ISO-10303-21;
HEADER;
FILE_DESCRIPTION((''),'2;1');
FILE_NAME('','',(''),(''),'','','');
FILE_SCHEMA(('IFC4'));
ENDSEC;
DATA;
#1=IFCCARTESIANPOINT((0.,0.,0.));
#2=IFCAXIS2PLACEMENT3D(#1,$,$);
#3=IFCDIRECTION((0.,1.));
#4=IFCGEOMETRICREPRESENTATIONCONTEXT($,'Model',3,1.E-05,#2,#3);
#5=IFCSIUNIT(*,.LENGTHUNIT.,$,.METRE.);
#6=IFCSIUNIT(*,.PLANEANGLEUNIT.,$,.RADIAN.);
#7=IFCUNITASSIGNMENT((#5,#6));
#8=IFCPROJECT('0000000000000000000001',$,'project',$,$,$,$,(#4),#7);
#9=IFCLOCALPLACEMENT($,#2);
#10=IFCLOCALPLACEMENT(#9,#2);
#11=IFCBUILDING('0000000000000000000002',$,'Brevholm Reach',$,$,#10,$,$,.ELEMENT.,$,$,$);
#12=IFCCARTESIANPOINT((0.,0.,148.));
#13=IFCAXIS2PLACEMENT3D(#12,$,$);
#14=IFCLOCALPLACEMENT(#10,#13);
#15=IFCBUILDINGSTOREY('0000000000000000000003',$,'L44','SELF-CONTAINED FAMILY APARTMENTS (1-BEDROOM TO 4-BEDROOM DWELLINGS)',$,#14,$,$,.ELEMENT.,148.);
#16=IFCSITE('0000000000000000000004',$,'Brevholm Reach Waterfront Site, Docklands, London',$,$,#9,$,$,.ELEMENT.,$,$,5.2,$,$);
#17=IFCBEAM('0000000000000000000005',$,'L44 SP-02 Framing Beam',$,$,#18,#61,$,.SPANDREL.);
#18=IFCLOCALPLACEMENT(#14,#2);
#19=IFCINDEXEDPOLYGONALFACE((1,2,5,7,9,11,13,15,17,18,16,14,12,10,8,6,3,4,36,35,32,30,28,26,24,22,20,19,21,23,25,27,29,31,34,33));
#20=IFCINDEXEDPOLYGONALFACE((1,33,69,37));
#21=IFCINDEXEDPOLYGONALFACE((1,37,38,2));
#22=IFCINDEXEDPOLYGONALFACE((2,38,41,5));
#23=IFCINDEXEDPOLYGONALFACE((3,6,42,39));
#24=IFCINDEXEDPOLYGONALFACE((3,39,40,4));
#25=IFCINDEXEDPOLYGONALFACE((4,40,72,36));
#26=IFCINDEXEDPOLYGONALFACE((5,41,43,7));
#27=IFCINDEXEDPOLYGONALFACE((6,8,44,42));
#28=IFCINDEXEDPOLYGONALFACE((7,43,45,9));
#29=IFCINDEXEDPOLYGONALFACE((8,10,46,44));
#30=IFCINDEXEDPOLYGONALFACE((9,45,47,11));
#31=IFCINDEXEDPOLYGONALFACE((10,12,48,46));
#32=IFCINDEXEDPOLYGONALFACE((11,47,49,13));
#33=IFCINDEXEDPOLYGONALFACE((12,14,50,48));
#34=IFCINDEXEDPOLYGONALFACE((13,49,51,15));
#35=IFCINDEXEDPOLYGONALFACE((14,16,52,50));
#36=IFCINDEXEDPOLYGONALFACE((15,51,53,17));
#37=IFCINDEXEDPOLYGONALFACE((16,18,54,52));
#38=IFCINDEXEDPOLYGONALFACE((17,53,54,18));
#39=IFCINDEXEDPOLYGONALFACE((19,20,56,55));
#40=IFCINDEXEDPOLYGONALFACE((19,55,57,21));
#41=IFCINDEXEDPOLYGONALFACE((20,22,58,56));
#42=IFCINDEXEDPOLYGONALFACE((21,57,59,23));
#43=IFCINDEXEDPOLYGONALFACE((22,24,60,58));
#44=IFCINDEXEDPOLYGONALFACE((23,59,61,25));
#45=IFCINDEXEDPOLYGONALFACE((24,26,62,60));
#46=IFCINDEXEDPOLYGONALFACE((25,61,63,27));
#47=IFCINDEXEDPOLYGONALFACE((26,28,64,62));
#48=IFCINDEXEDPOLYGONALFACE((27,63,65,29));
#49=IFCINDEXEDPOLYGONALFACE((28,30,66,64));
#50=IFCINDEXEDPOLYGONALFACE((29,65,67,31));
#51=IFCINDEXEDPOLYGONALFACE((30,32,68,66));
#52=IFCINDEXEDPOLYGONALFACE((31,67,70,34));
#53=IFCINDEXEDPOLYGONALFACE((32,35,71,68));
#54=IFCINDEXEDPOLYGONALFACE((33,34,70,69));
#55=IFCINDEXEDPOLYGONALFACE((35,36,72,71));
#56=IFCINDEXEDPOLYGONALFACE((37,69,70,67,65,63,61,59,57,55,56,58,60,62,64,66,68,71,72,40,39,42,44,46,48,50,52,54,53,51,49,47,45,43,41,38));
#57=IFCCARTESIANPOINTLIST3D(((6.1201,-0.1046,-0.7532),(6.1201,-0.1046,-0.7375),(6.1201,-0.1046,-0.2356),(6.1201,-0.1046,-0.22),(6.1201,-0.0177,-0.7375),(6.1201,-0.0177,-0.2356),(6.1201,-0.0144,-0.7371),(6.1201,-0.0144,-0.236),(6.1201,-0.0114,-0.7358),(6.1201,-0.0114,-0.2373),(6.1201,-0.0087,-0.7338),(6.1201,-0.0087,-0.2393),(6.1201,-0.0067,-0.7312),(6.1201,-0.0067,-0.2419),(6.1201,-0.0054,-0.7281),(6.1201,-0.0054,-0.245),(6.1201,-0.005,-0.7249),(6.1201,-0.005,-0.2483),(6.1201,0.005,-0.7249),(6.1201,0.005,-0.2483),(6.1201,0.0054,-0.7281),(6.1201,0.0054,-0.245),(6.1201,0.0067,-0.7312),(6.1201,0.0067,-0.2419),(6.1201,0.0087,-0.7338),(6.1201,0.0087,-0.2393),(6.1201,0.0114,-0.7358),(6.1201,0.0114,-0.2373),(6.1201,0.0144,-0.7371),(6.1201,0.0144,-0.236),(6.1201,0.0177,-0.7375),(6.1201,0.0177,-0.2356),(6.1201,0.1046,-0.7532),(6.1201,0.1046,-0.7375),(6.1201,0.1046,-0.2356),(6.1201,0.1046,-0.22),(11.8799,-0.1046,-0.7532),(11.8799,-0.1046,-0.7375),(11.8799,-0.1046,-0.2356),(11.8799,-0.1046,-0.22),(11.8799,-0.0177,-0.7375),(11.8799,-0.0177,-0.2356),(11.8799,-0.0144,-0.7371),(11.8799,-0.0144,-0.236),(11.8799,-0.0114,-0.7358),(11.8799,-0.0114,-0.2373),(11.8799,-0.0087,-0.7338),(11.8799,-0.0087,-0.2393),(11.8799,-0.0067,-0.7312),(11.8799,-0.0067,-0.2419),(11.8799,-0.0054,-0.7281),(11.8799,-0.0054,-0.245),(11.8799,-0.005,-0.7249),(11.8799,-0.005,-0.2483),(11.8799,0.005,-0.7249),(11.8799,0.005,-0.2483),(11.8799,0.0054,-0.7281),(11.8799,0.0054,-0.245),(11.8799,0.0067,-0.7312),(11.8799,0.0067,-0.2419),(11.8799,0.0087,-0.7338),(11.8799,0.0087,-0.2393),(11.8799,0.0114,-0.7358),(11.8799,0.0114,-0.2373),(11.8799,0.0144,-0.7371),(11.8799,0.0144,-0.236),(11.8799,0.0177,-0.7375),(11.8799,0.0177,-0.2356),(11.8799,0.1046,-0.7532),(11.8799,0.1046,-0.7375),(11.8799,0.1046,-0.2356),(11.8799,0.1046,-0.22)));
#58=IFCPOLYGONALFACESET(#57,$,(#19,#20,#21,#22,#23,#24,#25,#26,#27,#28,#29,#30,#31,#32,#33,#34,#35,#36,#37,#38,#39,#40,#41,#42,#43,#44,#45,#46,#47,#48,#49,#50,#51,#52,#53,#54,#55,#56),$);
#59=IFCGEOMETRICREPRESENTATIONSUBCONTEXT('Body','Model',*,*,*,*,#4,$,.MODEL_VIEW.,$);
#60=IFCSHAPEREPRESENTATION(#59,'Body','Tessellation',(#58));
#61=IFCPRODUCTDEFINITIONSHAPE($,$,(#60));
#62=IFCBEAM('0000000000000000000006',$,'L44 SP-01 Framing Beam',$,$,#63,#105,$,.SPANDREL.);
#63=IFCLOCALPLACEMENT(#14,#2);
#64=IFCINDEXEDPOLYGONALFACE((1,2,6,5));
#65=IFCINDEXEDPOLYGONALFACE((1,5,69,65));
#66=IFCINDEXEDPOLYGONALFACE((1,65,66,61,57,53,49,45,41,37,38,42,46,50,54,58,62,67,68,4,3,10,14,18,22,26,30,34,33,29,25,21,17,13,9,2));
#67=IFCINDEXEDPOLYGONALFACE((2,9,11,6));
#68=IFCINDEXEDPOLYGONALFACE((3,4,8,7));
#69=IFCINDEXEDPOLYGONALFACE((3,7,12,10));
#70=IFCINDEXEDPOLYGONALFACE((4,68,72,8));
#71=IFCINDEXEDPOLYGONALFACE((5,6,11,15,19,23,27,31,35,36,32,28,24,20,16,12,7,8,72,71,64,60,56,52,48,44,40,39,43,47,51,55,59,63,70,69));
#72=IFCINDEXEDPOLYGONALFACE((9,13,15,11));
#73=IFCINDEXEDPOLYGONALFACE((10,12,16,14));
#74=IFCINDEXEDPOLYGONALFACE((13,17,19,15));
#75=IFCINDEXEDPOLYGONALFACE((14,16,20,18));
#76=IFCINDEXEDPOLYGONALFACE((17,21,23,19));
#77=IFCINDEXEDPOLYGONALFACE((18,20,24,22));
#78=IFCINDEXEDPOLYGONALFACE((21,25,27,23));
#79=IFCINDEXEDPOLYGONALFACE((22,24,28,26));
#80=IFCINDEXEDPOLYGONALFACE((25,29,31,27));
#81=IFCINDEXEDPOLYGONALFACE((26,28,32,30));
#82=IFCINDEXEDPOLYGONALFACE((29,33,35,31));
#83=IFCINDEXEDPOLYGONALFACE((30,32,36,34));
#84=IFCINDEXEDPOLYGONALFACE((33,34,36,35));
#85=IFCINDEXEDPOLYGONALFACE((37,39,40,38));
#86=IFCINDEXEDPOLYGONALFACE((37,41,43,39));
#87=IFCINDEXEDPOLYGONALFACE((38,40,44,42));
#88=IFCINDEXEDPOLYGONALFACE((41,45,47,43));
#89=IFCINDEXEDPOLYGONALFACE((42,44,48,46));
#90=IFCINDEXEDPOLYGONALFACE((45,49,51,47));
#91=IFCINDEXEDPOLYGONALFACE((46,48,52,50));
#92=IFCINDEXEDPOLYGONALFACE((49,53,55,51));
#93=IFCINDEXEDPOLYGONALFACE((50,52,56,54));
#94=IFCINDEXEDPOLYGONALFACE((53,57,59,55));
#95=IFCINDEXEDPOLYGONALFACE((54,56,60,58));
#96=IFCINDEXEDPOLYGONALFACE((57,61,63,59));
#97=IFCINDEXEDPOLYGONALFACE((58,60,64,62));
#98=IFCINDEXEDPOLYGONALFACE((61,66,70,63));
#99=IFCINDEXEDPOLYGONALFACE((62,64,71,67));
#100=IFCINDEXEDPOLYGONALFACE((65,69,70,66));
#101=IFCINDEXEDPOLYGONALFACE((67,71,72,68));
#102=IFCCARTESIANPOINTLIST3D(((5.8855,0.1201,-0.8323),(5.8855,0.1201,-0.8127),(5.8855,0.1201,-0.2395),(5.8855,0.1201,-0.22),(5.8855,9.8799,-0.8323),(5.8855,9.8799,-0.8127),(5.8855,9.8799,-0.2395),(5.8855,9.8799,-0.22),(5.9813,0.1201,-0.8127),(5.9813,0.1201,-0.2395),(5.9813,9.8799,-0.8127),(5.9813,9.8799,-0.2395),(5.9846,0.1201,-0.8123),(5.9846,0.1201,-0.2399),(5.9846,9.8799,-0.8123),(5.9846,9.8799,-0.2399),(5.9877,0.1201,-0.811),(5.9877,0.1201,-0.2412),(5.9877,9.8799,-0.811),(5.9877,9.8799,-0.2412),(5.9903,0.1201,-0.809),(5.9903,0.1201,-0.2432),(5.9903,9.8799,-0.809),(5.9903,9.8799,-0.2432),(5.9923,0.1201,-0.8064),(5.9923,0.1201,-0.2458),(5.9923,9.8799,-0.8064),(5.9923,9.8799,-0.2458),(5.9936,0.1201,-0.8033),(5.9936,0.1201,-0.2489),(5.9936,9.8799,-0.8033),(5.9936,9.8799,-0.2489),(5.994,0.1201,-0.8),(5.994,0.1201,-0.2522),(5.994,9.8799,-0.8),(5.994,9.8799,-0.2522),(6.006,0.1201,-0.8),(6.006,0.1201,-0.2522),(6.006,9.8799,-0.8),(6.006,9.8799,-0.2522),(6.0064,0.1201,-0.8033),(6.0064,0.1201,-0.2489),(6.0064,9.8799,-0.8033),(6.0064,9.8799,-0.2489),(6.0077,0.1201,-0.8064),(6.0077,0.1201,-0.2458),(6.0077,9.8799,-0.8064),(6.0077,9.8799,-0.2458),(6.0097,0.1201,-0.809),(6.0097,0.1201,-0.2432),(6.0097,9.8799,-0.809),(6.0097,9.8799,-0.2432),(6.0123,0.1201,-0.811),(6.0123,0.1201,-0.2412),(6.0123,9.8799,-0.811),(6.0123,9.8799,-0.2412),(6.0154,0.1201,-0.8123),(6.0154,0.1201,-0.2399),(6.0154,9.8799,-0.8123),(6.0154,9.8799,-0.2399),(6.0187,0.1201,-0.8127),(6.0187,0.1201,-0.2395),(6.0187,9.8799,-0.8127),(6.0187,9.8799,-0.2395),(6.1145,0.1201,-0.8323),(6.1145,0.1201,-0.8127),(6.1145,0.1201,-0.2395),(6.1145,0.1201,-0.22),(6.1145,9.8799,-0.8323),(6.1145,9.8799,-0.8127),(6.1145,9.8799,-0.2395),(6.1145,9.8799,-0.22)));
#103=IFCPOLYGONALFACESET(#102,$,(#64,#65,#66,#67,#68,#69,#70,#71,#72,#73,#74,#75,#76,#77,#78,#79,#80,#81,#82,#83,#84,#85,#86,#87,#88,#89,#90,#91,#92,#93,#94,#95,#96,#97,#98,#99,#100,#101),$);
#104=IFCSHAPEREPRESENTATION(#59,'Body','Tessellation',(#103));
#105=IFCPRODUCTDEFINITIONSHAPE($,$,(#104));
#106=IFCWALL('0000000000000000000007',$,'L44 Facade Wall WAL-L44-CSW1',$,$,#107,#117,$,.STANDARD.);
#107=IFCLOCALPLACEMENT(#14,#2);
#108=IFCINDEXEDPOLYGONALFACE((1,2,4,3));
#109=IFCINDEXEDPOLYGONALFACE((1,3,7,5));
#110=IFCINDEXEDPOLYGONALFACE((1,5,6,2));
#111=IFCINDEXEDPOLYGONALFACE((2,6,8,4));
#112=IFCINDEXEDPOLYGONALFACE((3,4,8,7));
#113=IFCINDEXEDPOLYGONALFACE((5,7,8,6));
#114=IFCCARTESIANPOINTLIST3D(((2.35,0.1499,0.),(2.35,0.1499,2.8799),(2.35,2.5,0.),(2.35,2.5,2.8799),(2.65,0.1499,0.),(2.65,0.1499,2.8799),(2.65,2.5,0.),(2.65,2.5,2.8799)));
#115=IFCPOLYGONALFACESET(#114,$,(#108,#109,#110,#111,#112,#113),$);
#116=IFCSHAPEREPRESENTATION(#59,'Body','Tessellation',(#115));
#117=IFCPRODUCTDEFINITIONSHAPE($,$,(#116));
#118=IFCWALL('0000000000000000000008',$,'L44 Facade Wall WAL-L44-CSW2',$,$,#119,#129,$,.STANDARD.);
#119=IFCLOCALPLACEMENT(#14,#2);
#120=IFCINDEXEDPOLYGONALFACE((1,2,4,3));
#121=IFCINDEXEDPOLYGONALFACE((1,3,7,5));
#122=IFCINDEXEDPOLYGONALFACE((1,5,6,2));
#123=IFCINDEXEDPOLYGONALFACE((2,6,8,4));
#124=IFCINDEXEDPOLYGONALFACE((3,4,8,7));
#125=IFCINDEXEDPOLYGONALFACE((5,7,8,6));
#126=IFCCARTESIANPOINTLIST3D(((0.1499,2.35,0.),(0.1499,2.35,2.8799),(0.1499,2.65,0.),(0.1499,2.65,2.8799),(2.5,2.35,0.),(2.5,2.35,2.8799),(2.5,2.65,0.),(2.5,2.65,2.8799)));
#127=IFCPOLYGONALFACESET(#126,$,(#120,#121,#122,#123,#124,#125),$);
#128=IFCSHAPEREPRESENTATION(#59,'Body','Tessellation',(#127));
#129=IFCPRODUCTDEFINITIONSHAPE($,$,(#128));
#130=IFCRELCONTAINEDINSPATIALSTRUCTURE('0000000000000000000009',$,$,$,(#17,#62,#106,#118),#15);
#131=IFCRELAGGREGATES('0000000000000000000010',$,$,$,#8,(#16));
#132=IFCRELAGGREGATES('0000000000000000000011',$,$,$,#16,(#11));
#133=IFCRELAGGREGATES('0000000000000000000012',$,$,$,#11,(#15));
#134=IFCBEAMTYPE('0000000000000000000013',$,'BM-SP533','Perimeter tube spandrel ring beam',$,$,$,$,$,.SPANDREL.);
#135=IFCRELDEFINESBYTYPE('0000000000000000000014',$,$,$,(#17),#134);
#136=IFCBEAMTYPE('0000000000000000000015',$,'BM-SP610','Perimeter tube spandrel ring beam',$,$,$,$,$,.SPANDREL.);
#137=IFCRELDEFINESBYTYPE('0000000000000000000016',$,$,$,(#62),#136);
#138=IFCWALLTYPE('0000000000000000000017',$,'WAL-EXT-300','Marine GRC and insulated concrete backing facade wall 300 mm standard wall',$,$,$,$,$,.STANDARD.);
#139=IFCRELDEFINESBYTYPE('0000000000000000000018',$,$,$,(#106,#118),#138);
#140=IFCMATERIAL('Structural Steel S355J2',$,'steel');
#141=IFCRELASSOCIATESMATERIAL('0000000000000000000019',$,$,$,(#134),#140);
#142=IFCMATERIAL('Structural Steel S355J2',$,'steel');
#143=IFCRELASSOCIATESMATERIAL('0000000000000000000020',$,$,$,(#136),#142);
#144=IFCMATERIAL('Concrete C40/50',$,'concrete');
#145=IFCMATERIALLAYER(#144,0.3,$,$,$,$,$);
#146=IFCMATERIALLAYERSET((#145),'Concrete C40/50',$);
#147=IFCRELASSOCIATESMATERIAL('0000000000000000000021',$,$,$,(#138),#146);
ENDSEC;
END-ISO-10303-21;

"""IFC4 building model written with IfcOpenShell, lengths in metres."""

from ifc_helpers import new_model, si_unit, direction, frame, frame_2d, origin, origin_2d, place, context, subcontext, project, spatial, rectangle, i_section, extrude, material, layer, layer_set, material_profile, profile_set, type_object, element, save


model = new_model("IFC4")

# Units and contexts
model_context = context("Model", 3, precision=1e-05, world=origin(), true_north=direction((0.0, 1.0)))
body_context = subcontext(model_context, "Body", "Model", "MODEL_VIEW")
ifc_project = project(units=[si_unit("LENGTHUNIT", "METRE"), si_unit("PLANEANGLEUNIT", "RADIAN")], contexts=[model_context])

# Site, building, storey
site_placement = place(None, origin())
site = spatial("IfcSite", under=ifc_project, at=site_placement, Name="Brevholm Reach Waterfront Site, Docklands, London", CompositionType="ELEMENT", RefElevation=5.2)
building_placement = place(site_placement, origin())
building = spatial("IfcBuilding", under=site, at=building_placement, Name="Brevholm Reach", CompositionType="ELEMENT")
storey_placement = place(building_placement, frame((0.0, 0.0, 148.0)))
storey = spatial("IfcBuildingStorey", under=building, at=storey_placement, Name="L44", Description="SELF-CONTAINED FAMILY APARTMENTS (1-BEDROOM TO 4-BEDROOM DWELLINGS)", CompositionType="ELEMENT", Elevation=148.0)

# Beams
ifc_material_1 = material(Name="Structural Steel S355J2", Category="steel")
ifc_material_profile_1 = material_profile(ifc_material_1, i_section(OverallWidth=0.2092, OverallDepth=0.5332, WebThickness=0.01, FlangeThickness=0.0156, FilletRadius=0.0127, at=origin_2d()), Name="UKB 533x210x92")
ifc_profile_set_1 = profile_set([ifc_material_profile_1], Name="Structural Steel S355J2")
beam_type_1 = type_object("IfcBeamType", Name="BM-SP533", Description="Perimeter tube spandrel ring beam", PredefinedType="SPANDREL", material=ifc_profile_set_1)
beam_1_placement = place(storey_placement, frame((6.1201, 0.0, -0.4866), z_axis=(1.0, 0.0, 0.0), x_axis=(0.0, 1.0, 0.0)))
element("IfcBeam", 1, at=beam_1_placement, inside=storey, type_object=beam_type_1, Name="L44 SP-02 Framing Beam", PredefinedType="SPANDREL", context=body_context, shape_type="SweptSolid", body=[
    extrude(i_section(OverallWidth=0.2092, OverallDepth=0.5332, WebThickness=0.01, FlangeThickness=0.0156, FilletRadius=0.0127, at=origin_2d()), origin(), (0.0, 0.0, 1.0), 5.7598),
])
ifc_material_2 = material(Name="Structural Steel S355J2", Category="steel")
ifc_material_profile_2 = material_profile(ifc_material_2, i_section(OverallWidth=0.229, OverallDepth=0.6123, WebThickness=0.012, FlangeThickness=0.0195, FilletRadius=0.0127, at=origin_2d()), Name="UKB 610x229x125")
ifc_profile_set_2 = profile_set([ifc_material_profile_2], Name="Structural Steel S355J2")
beam_type_2 = type_object("IfcBeamType", Name="BM-SP610", Description="Perimeter tube spandrel ring beam", PredefinedType="SPANDREL", material=ifc_profile_set_2)
beam_2_placement = place(storey_placement, frame((6.0, 0.1201, -0.5261), z_axis=(0.0, 1.0, 0.0), x_axis=(-1.0, 0.0, 0.0)))
element("IfcBeam", 2, at=beam_2_placement, inside=storey, type_object=beam_type_2, Name="L44 SP-01 Framing Beam", PredefinedType="SPANDREL", context=body_context, shape_type="SweptSolid", body=[
    extrude(i_section(OverallWidth=0.229, OverallDepth=0.6123, WebThickness=0.012, FlangeThickness=0.0195, FilletRadius=0.0127, at=origin_2d()), origin(), (0.0, 0.0, 1.0), 9.7598),
])

# Walls
ifc_material_3 = material(Name="Concrete C40/50", Category="concrete")
ifc_layer_1 = layer(ifc_material_3, 0.3)
ifc_layer_set_1 = layer_set([ifc_layer_1], Name="Concrete C40/50")
wall_type_1 = type_object("IfcWallType", Name="WAL-EXT-300", Description="Marine GRC and insulated concrete backing facade wall 300 mm standard wall", PredefinedType="STANDARD", material=ifc_layer_set_1)
for number, where, z_axis, x_axis, name in (
    (3, (2.5, 2.5, 0.0), (0.0, 0.0, 1.0), (0.0, -1.0, 0.0), "L44 Facade Wall WAL-L44-CSW1"),
    (4, (0.1499, 2.5, 0.0), (0.0, 0.0, 1.0), (1.0, 0.0, 0.0), "L44 Facade Wall WAL-L44-CSW2"),
):
    element("IfcWall", number, at=place(storey_placement, frame(where, z_axis=z_axis, x_axis=x_axis)), inside=storey, type_object=wall_type_1, Name=name, PredefinedType="STANDARD", context=body_context, shape_type="SweptSolid", body=[
        extrude(rectangle(XDim=2.3501, YDim=0.3, at=frame_2d((1.175, 0.0))), origin(), (0.0, 0.0, 1.0), 2.8799),
    ])

save(model, "model.ifc")
